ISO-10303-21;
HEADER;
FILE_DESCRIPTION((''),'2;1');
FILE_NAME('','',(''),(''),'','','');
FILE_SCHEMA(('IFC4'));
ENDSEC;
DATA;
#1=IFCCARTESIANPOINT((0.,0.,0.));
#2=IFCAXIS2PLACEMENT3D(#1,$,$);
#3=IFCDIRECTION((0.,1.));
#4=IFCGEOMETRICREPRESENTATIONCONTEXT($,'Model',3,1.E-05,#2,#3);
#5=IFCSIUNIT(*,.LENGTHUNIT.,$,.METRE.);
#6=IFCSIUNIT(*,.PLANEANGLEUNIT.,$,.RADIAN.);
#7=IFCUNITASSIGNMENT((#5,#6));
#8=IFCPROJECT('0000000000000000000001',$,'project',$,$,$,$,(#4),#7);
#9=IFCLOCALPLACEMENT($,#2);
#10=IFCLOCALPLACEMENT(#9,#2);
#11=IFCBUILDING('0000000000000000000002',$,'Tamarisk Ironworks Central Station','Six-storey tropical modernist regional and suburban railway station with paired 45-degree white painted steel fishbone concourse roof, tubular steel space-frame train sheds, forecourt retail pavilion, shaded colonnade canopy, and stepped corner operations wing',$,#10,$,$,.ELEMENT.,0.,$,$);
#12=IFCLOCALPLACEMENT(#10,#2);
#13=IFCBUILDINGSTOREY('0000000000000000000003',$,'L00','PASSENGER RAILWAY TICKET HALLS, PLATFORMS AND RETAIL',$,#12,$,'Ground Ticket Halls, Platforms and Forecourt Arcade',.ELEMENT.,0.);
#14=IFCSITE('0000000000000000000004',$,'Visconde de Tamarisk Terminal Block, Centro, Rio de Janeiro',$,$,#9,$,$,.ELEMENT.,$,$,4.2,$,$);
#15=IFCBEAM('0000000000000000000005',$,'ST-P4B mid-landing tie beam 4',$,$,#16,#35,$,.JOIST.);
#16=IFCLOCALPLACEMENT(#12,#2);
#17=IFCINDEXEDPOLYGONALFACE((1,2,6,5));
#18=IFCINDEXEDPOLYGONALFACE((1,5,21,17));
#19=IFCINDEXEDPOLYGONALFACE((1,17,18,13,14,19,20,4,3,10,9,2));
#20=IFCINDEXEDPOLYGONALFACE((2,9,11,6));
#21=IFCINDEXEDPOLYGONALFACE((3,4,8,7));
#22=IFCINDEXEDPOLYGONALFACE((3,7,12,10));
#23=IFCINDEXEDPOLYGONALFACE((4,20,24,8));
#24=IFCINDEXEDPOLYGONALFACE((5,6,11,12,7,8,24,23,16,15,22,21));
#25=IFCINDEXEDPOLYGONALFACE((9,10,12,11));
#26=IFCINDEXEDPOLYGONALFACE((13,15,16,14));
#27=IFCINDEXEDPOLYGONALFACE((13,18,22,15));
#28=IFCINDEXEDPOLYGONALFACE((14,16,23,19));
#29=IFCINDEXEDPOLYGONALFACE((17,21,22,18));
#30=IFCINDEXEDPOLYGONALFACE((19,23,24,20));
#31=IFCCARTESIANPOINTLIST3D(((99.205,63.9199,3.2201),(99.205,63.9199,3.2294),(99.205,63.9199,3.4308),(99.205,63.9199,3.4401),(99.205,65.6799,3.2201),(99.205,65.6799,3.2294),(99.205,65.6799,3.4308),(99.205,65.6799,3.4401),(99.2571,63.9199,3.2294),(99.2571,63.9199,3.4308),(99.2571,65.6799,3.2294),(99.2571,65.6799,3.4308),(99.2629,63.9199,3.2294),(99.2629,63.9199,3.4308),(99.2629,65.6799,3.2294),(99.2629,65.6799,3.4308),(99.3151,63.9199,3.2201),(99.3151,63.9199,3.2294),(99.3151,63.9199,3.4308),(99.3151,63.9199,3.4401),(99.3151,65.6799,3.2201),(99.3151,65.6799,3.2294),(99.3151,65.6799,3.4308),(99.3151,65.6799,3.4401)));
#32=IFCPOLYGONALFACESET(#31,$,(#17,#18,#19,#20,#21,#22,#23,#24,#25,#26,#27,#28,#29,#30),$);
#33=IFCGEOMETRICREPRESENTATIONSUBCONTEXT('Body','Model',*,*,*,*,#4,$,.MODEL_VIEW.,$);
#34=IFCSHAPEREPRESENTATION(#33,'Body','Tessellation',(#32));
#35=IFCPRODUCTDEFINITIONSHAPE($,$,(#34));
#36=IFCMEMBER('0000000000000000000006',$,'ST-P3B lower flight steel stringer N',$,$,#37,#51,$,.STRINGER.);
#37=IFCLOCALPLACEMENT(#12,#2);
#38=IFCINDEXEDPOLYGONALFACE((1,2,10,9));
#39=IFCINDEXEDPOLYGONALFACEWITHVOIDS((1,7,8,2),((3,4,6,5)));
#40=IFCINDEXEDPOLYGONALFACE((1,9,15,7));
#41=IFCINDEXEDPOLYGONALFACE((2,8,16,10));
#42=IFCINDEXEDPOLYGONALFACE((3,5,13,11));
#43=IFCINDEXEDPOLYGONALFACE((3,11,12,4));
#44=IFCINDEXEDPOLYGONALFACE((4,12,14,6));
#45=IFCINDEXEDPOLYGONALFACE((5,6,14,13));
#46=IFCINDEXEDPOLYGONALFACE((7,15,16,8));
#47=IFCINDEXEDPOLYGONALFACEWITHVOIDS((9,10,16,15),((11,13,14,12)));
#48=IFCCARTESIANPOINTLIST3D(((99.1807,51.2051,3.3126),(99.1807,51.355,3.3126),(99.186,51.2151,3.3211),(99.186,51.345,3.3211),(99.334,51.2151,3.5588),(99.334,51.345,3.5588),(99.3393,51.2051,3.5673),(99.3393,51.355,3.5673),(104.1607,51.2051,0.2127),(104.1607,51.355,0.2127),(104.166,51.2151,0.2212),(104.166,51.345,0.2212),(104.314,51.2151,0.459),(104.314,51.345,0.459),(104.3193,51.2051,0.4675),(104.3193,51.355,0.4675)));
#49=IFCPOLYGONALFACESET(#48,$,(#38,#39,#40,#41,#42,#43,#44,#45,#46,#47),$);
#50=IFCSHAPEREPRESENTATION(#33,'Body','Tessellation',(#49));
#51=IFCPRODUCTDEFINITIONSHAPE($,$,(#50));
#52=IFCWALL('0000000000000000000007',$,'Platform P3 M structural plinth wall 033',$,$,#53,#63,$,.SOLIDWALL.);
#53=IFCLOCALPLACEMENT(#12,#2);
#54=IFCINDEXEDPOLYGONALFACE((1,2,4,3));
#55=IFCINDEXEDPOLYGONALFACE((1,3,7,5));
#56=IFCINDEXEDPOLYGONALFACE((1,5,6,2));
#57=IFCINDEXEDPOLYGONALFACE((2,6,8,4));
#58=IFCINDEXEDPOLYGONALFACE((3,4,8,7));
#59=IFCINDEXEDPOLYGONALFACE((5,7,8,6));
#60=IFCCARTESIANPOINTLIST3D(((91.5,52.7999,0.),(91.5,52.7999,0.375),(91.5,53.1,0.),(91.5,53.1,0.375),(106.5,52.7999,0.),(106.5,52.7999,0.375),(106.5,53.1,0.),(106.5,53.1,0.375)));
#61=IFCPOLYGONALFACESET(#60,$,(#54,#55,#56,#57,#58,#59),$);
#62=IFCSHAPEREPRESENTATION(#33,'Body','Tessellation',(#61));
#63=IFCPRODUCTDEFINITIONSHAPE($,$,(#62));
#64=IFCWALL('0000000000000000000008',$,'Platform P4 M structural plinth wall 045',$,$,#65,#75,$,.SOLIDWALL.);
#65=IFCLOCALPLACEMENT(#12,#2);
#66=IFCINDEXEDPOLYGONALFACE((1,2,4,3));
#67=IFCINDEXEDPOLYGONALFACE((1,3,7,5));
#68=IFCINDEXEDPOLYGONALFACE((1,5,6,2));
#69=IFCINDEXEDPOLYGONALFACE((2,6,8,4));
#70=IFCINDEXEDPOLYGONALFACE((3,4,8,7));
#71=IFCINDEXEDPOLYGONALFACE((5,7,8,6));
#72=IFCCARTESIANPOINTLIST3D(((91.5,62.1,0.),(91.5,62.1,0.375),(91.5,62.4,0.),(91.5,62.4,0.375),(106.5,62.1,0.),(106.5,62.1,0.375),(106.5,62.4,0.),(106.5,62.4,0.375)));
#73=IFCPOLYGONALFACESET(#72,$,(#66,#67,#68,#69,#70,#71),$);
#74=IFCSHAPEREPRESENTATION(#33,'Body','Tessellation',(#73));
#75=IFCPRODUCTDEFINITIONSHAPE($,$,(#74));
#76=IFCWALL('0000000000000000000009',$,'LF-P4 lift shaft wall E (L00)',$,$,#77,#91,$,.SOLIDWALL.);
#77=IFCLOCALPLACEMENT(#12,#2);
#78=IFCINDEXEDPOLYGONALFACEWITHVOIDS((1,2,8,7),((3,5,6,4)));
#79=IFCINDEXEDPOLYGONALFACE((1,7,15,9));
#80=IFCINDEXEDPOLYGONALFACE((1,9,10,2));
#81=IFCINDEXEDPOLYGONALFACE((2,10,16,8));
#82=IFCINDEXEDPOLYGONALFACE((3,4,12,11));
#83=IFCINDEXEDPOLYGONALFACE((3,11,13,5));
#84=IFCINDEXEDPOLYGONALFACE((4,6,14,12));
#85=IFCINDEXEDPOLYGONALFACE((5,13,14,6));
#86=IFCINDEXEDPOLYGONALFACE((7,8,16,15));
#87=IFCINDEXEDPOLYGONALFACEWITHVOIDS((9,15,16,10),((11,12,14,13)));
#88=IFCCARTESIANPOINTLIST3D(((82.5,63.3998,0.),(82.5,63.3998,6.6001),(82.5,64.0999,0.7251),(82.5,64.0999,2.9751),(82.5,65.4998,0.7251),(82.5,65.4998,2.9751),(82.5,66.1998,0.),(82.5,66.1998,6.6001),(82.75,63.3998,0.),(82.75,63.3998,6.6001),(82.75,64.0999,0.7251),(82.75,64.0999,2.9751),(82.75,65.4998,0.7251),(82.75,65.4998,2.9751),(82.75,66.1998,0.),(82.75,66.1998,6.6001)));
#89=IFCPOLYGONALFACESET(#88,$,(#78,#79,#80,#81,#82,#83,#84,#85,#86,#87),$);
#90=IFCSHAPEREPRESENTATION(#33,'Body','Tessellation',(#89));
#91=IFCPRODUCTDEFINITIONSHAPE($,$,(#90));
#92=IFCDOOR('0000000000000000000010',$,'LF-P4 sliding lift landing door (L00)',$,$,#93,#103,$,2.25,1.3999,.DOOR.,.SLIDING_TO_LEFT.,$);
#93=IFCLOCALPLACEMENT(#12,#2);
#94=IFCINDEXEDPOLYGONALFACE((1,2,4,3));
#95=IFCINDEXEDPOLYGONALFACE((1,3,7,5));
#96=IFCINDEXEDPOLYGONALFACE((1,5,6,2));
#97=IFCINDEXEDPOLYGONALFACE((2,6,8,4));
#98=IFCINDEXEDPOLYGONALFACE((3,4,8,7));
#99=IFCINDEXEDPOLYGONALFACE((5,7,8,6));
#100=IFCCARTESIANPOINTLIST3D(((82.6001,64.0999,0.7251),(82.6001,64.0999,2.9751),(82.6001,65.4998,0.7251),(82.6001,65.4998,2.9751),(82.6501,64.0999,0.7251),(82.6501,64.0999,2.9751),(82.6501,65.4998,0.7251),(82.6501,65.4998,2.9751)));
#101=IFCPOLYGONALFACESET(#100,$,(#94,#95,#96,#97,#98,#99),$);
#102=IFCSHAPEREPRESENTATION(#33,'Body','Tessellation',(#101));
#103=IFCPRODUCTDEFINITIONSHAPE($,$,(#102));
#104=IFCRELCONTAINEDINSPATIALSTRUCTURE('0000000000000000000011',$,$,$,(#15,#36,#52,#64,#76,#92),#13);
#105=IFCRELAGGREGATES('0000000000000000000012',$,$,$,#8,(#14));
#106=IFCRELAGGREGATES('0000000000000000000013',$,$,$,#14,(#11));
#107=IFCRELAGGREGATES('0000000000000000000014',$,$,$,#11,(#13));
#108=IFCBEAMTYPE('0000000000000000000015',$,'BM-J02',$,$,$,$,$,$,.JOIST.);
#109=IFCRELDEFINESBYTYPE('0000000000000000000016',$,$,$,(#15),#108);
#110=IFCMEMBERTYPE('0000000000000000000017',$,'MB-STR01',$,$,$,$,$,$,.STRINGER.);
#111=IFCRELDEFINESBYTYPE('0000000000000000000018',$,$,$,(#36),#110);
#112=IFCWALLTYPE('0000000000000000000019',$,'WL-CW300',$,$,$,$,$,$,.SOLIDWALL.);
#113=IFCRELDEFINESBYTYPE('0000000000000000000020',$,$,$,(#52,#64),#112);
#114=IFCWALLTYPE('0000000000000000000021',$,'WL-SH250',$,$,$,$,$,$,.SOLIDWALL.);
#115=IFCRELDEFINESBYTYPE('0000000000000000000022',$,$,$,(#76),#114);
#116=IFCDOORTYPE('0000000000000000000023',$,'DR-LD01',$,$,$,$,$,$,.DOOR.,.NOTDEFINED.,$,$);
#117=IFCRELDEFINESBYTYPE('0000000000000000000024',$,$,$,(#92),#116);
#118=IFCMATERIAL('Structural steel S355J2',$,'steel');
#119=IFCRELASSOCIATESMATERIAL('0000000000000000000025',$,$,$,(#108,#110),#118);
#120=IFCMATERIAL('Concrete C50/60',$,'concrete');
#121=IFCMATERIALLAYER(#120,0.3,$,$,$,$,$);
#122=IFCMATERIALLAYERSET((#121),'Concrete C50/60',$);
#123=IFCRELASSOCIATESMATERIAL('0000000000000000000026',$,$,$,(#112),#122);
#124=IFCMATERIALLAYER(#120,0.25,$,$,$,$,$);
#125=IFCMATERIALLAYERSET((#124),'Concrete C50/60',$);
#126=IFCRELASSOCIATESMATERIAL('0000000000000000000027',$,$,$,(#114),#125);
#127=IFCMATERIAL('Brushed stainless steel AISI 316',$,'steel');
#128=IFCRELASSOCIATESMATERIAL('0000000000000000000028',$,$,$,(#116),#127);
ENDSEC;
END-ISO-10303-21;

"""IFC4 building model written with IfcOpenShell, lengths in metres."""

from ifc_helpers import new_model, si_unit, direction, frame, frame_2d, origin, origin_2d, place, context, subcontext, project, spatial, rectangle, hollow_rectangle, i_section, extrude, material, layer, layer_set, material_profile, profile_set, type_object, element, fill, save


model = new_model("IFC4")

# Units and contexts
model_context = context("Model", 3, precision=1e-05, world=origin(), true_north=direction((0.0, 1.0)))
body_context = subcontext(model_context, "Body", "Model", "MODEL_VIEW")
ifc_project = project(units=[si_unit("LENGTHUNIT", "METRE"), si_unit("PLANEANGLEUNIT", "RADIAN")], contexts=[model_context])

# Site, building, storey
site_placement = place(None, origin())
site = spatial("IfcSite", under=ifc_project, at=site_placement, Name="Visconde de Tamarisk Terminal Block, Centro, Rio de Janeiro", CompositionType="ELEMENT", RefElevation=4.2)
building_placement = place(site_placement, origin())
building = spatial("IfcBuilding", under=site, at=building_placement, Name="Tamarisk Ironworks Central Station", Description="Six-storey tropical modernist regional and suburban railway station with paired 45-degree white painted steel fishbone concourse roof, tubular steel space-frame train sheds, forecourt retail pavilion, shaded colonnade canopy, and stepped corner operations wing", CompositionType="ELEMENT", ElevationOfRefHeight=0.0)
storey_placement = place(building_placement, origin())
storey = spatial("IfcBuildingStorey", under=building, at=storey_placement, Name="L00", Description="PASSENGER RAILWAY TICKET HALLS, PLATFORMS AND RETAIL", LongName="Ground Ticket Halls, Platforms and Forecourt Arcade", CompositionType="ELEMENT", Elevation=0.0)

# Shared definitions
ifc_material_1 = material(Name="Structural steel S355J2", Category="steel")

# Beam
ifc_material_profile_1 = material_profile(ifc_material_1, i_section(OverallWidth=0.1101, OverallDepth=0.22, WebThickness=0.0059, FlangeThickness=0.0093, at=origin_2d()), Name="IPE 220")
ifc_profile_set_1 = profile_set([ifc_material_profile_1], Name="Structural steel S355J2")
beam_type = type_object("IfcBeamType", Name="BM-J02", PredefinedType="JOIST", material=ifc_profile_set_1)
for number, where, z_axis, x_axis, name in (
    (1, (99.26, 63.9199, 3.3301), (0.0, 1.0, 0.0), (-1.0, 0.0, 0.0), "ST-P4B mid-landing tie beam 4"),
):
    element("IfcBeam", number, at=place(storey_placement, frame(where, z_axis=z_axis, x_axis=x_axis)), inside=storey, type_object=beam_type, Name=name, PredefinedType="JOIST", context=body_context, shape_type="SweptSolid", body=[
        extrude(i_section(OverallWidth=0.1101, OverallDepth=0.22, WebThickness=0.0059, FlangeThickness=0.0093, at=origin_2d()), origin(), (0.0, 0.0, 1.0), 1.76),
    ])

# Member
ifc_material_profile_2 = material_profile(ifc_material_1, hollow_rectangle(XDim=0.1499, YDim=0.3, WallThickness=0.01, at=origin_2d()), Name="RHS 300x150x10")
ifc_profile_set_2 = profile_set([ifc_material_profile_2], Name="Structural steel S355J2")
member_type = type_object("IfcMemberType", Name="MB-STR01", PredefinedType="STRINGER", material=ifc_profile_set_2)
member_placement = place(storey_placement, frame((104.24, 51.28, 0.3401), z_axis=(-0.848965, 0.0, 0.528449), x_axis=(0.0, -1.0, 0.0)))
element("IfcMember", 2, at=member_placement, inside=storey, type_object=member_type, Name="ST-P3B lower flight steel stringer N", PredefinedType="STRINGER", context=body_context, shape_type="SweptSolid", body=[
    extrude(hollow_rectangle(XDim=0.1499, YDim=0.3, WallThickness=0.01, at=origin_2d()), origin(), (0.0, 0.0, 1.0), 5.866),
])

# Walls
ifc_material_2 = material(Name="Concrete C50/60", Category="concrete")
ifc_layer_1 = layer(ifc_material_2, 0.3)
ifc_layer_set_1 = layer_set([ifc_layer_1], Name="Concrete C50/60")
wall_type_1 = type_object("IfcWallType", Name="WL-CW300", PredefinedType="SOLIDWALL", material=ifc_layer_set_1)
for number, where, z_axis, x_axis, name in (
    (3, (91.5, 52.95, 0.0), (0.0, 0.0, 1.0), (1.0, 0.0, 0.0), "Platform P3 M structural plinth wall 033"),
    (4, (91.5, 62.25, 0.0), (0.0, 0.0, 1.0), (1.0, 0.0, 0.0), "Platform P4 M structural plinth wall 045"),
):
    element("IfcWall", number, at=place(storey_placement, frame(where, z_axis=z_axis, x_axis=x_axis)), inside=storey, type_object=wall_type_1, Name=name, PredefinedType="SOLIDWALL", context=body_context, shape_type="SweptSolid", body=[
        extrude(rectangle(XDim=15.0, YDim=0.3, at=frame_2d((7.5, 0.0))), origin(), (0.0, 0.0, 1.0), 0.375),
    ])

# Wall, opening, door
ifc_layer_2 = layer(ifc_material_2, 0.25)
ifc_layer_set_2 = layer_set([ifc_layer_2], Name="Concrete C50/60")
wall_type_2 = type_object("IfcWallType", Name="WL-SH250", PredefinedType="SOLIDWALL", material=ifc_layer_set_2)
wall_placement = place(storey_placement, frame((82.625, 63.3999, 0.0), z_axis=(0.0, 0.0, 1.0), x_axis=(0.0, 1.0, 0.0)))
wall = element("IfcWall", 5, at=wall_placement, inside=storey, type_object=wall_type_2, Name="LF-P4 lift shaft wall E (L00)", PredefinedType="SOLIDWALL", context=body_context, shape_type="SweptSolid", body=[
    extrude(rectangle(XDim=2.8, YDim=0.25, at=frame_2d((1.3999, 0.0))), origin(), (0.0, 0.0, 1.0), 6.6001),
])
opening_placement = place(wall_placement, frame((0.7, 0.0, 0.7251)))
opening = element("IfcOpeningElement", 6, at=opening_placement, cuts=wall, PredefinedType="OPENING", context=body_context, shape_type="SweptSolid", body=[
    extrude(rectangle(XDim=1.3999, YDim=2.25, at=frame_2d((0.7, 1.125))), frame((0.0, 0.137, 0.0), z_axis=(0.0, -1.0, 0.0), x_axis=(1.0, 0.0, 0.0)), (0.0, 0.0, 1.0), 0.2739),
])
ifc_material_3 = material(Name="Brushed stainless steel AISI 316", Category="steel")
door_type = type_object("IfcDoorType", Name="DR-LD01", OperationType="NOTDEFINED", PredefinedType="DOOR", material=ifc_material_3)
door_placement = place(opening_placement, origin())
door = element("IfcDoor", 7, at=door_placement, inside=storey, type_object=door_type, Name="LF-P4 sliding lift landing door (L00)", OperationType="SLIDING_TO_LEFT", OverallHeight=2.25, OverallWidth=1.3999, PredefinedType="DOOR", context=body_context, shape_type="SweptSolid", body=[
    extrude(rectangle(XDim=1.3999, YDim=2.25, at=frame_2d((0.7, 1.125))), frame((0.0, 0.0249, 0.0), z_axis=(0.0, -1.0, 0.0), x_axis=(1.0, 0.0, 0.0)), (0.0, 0.0, 1.0), 0.05),
])
fill(opening, door)

save(model, "model.ifc")
